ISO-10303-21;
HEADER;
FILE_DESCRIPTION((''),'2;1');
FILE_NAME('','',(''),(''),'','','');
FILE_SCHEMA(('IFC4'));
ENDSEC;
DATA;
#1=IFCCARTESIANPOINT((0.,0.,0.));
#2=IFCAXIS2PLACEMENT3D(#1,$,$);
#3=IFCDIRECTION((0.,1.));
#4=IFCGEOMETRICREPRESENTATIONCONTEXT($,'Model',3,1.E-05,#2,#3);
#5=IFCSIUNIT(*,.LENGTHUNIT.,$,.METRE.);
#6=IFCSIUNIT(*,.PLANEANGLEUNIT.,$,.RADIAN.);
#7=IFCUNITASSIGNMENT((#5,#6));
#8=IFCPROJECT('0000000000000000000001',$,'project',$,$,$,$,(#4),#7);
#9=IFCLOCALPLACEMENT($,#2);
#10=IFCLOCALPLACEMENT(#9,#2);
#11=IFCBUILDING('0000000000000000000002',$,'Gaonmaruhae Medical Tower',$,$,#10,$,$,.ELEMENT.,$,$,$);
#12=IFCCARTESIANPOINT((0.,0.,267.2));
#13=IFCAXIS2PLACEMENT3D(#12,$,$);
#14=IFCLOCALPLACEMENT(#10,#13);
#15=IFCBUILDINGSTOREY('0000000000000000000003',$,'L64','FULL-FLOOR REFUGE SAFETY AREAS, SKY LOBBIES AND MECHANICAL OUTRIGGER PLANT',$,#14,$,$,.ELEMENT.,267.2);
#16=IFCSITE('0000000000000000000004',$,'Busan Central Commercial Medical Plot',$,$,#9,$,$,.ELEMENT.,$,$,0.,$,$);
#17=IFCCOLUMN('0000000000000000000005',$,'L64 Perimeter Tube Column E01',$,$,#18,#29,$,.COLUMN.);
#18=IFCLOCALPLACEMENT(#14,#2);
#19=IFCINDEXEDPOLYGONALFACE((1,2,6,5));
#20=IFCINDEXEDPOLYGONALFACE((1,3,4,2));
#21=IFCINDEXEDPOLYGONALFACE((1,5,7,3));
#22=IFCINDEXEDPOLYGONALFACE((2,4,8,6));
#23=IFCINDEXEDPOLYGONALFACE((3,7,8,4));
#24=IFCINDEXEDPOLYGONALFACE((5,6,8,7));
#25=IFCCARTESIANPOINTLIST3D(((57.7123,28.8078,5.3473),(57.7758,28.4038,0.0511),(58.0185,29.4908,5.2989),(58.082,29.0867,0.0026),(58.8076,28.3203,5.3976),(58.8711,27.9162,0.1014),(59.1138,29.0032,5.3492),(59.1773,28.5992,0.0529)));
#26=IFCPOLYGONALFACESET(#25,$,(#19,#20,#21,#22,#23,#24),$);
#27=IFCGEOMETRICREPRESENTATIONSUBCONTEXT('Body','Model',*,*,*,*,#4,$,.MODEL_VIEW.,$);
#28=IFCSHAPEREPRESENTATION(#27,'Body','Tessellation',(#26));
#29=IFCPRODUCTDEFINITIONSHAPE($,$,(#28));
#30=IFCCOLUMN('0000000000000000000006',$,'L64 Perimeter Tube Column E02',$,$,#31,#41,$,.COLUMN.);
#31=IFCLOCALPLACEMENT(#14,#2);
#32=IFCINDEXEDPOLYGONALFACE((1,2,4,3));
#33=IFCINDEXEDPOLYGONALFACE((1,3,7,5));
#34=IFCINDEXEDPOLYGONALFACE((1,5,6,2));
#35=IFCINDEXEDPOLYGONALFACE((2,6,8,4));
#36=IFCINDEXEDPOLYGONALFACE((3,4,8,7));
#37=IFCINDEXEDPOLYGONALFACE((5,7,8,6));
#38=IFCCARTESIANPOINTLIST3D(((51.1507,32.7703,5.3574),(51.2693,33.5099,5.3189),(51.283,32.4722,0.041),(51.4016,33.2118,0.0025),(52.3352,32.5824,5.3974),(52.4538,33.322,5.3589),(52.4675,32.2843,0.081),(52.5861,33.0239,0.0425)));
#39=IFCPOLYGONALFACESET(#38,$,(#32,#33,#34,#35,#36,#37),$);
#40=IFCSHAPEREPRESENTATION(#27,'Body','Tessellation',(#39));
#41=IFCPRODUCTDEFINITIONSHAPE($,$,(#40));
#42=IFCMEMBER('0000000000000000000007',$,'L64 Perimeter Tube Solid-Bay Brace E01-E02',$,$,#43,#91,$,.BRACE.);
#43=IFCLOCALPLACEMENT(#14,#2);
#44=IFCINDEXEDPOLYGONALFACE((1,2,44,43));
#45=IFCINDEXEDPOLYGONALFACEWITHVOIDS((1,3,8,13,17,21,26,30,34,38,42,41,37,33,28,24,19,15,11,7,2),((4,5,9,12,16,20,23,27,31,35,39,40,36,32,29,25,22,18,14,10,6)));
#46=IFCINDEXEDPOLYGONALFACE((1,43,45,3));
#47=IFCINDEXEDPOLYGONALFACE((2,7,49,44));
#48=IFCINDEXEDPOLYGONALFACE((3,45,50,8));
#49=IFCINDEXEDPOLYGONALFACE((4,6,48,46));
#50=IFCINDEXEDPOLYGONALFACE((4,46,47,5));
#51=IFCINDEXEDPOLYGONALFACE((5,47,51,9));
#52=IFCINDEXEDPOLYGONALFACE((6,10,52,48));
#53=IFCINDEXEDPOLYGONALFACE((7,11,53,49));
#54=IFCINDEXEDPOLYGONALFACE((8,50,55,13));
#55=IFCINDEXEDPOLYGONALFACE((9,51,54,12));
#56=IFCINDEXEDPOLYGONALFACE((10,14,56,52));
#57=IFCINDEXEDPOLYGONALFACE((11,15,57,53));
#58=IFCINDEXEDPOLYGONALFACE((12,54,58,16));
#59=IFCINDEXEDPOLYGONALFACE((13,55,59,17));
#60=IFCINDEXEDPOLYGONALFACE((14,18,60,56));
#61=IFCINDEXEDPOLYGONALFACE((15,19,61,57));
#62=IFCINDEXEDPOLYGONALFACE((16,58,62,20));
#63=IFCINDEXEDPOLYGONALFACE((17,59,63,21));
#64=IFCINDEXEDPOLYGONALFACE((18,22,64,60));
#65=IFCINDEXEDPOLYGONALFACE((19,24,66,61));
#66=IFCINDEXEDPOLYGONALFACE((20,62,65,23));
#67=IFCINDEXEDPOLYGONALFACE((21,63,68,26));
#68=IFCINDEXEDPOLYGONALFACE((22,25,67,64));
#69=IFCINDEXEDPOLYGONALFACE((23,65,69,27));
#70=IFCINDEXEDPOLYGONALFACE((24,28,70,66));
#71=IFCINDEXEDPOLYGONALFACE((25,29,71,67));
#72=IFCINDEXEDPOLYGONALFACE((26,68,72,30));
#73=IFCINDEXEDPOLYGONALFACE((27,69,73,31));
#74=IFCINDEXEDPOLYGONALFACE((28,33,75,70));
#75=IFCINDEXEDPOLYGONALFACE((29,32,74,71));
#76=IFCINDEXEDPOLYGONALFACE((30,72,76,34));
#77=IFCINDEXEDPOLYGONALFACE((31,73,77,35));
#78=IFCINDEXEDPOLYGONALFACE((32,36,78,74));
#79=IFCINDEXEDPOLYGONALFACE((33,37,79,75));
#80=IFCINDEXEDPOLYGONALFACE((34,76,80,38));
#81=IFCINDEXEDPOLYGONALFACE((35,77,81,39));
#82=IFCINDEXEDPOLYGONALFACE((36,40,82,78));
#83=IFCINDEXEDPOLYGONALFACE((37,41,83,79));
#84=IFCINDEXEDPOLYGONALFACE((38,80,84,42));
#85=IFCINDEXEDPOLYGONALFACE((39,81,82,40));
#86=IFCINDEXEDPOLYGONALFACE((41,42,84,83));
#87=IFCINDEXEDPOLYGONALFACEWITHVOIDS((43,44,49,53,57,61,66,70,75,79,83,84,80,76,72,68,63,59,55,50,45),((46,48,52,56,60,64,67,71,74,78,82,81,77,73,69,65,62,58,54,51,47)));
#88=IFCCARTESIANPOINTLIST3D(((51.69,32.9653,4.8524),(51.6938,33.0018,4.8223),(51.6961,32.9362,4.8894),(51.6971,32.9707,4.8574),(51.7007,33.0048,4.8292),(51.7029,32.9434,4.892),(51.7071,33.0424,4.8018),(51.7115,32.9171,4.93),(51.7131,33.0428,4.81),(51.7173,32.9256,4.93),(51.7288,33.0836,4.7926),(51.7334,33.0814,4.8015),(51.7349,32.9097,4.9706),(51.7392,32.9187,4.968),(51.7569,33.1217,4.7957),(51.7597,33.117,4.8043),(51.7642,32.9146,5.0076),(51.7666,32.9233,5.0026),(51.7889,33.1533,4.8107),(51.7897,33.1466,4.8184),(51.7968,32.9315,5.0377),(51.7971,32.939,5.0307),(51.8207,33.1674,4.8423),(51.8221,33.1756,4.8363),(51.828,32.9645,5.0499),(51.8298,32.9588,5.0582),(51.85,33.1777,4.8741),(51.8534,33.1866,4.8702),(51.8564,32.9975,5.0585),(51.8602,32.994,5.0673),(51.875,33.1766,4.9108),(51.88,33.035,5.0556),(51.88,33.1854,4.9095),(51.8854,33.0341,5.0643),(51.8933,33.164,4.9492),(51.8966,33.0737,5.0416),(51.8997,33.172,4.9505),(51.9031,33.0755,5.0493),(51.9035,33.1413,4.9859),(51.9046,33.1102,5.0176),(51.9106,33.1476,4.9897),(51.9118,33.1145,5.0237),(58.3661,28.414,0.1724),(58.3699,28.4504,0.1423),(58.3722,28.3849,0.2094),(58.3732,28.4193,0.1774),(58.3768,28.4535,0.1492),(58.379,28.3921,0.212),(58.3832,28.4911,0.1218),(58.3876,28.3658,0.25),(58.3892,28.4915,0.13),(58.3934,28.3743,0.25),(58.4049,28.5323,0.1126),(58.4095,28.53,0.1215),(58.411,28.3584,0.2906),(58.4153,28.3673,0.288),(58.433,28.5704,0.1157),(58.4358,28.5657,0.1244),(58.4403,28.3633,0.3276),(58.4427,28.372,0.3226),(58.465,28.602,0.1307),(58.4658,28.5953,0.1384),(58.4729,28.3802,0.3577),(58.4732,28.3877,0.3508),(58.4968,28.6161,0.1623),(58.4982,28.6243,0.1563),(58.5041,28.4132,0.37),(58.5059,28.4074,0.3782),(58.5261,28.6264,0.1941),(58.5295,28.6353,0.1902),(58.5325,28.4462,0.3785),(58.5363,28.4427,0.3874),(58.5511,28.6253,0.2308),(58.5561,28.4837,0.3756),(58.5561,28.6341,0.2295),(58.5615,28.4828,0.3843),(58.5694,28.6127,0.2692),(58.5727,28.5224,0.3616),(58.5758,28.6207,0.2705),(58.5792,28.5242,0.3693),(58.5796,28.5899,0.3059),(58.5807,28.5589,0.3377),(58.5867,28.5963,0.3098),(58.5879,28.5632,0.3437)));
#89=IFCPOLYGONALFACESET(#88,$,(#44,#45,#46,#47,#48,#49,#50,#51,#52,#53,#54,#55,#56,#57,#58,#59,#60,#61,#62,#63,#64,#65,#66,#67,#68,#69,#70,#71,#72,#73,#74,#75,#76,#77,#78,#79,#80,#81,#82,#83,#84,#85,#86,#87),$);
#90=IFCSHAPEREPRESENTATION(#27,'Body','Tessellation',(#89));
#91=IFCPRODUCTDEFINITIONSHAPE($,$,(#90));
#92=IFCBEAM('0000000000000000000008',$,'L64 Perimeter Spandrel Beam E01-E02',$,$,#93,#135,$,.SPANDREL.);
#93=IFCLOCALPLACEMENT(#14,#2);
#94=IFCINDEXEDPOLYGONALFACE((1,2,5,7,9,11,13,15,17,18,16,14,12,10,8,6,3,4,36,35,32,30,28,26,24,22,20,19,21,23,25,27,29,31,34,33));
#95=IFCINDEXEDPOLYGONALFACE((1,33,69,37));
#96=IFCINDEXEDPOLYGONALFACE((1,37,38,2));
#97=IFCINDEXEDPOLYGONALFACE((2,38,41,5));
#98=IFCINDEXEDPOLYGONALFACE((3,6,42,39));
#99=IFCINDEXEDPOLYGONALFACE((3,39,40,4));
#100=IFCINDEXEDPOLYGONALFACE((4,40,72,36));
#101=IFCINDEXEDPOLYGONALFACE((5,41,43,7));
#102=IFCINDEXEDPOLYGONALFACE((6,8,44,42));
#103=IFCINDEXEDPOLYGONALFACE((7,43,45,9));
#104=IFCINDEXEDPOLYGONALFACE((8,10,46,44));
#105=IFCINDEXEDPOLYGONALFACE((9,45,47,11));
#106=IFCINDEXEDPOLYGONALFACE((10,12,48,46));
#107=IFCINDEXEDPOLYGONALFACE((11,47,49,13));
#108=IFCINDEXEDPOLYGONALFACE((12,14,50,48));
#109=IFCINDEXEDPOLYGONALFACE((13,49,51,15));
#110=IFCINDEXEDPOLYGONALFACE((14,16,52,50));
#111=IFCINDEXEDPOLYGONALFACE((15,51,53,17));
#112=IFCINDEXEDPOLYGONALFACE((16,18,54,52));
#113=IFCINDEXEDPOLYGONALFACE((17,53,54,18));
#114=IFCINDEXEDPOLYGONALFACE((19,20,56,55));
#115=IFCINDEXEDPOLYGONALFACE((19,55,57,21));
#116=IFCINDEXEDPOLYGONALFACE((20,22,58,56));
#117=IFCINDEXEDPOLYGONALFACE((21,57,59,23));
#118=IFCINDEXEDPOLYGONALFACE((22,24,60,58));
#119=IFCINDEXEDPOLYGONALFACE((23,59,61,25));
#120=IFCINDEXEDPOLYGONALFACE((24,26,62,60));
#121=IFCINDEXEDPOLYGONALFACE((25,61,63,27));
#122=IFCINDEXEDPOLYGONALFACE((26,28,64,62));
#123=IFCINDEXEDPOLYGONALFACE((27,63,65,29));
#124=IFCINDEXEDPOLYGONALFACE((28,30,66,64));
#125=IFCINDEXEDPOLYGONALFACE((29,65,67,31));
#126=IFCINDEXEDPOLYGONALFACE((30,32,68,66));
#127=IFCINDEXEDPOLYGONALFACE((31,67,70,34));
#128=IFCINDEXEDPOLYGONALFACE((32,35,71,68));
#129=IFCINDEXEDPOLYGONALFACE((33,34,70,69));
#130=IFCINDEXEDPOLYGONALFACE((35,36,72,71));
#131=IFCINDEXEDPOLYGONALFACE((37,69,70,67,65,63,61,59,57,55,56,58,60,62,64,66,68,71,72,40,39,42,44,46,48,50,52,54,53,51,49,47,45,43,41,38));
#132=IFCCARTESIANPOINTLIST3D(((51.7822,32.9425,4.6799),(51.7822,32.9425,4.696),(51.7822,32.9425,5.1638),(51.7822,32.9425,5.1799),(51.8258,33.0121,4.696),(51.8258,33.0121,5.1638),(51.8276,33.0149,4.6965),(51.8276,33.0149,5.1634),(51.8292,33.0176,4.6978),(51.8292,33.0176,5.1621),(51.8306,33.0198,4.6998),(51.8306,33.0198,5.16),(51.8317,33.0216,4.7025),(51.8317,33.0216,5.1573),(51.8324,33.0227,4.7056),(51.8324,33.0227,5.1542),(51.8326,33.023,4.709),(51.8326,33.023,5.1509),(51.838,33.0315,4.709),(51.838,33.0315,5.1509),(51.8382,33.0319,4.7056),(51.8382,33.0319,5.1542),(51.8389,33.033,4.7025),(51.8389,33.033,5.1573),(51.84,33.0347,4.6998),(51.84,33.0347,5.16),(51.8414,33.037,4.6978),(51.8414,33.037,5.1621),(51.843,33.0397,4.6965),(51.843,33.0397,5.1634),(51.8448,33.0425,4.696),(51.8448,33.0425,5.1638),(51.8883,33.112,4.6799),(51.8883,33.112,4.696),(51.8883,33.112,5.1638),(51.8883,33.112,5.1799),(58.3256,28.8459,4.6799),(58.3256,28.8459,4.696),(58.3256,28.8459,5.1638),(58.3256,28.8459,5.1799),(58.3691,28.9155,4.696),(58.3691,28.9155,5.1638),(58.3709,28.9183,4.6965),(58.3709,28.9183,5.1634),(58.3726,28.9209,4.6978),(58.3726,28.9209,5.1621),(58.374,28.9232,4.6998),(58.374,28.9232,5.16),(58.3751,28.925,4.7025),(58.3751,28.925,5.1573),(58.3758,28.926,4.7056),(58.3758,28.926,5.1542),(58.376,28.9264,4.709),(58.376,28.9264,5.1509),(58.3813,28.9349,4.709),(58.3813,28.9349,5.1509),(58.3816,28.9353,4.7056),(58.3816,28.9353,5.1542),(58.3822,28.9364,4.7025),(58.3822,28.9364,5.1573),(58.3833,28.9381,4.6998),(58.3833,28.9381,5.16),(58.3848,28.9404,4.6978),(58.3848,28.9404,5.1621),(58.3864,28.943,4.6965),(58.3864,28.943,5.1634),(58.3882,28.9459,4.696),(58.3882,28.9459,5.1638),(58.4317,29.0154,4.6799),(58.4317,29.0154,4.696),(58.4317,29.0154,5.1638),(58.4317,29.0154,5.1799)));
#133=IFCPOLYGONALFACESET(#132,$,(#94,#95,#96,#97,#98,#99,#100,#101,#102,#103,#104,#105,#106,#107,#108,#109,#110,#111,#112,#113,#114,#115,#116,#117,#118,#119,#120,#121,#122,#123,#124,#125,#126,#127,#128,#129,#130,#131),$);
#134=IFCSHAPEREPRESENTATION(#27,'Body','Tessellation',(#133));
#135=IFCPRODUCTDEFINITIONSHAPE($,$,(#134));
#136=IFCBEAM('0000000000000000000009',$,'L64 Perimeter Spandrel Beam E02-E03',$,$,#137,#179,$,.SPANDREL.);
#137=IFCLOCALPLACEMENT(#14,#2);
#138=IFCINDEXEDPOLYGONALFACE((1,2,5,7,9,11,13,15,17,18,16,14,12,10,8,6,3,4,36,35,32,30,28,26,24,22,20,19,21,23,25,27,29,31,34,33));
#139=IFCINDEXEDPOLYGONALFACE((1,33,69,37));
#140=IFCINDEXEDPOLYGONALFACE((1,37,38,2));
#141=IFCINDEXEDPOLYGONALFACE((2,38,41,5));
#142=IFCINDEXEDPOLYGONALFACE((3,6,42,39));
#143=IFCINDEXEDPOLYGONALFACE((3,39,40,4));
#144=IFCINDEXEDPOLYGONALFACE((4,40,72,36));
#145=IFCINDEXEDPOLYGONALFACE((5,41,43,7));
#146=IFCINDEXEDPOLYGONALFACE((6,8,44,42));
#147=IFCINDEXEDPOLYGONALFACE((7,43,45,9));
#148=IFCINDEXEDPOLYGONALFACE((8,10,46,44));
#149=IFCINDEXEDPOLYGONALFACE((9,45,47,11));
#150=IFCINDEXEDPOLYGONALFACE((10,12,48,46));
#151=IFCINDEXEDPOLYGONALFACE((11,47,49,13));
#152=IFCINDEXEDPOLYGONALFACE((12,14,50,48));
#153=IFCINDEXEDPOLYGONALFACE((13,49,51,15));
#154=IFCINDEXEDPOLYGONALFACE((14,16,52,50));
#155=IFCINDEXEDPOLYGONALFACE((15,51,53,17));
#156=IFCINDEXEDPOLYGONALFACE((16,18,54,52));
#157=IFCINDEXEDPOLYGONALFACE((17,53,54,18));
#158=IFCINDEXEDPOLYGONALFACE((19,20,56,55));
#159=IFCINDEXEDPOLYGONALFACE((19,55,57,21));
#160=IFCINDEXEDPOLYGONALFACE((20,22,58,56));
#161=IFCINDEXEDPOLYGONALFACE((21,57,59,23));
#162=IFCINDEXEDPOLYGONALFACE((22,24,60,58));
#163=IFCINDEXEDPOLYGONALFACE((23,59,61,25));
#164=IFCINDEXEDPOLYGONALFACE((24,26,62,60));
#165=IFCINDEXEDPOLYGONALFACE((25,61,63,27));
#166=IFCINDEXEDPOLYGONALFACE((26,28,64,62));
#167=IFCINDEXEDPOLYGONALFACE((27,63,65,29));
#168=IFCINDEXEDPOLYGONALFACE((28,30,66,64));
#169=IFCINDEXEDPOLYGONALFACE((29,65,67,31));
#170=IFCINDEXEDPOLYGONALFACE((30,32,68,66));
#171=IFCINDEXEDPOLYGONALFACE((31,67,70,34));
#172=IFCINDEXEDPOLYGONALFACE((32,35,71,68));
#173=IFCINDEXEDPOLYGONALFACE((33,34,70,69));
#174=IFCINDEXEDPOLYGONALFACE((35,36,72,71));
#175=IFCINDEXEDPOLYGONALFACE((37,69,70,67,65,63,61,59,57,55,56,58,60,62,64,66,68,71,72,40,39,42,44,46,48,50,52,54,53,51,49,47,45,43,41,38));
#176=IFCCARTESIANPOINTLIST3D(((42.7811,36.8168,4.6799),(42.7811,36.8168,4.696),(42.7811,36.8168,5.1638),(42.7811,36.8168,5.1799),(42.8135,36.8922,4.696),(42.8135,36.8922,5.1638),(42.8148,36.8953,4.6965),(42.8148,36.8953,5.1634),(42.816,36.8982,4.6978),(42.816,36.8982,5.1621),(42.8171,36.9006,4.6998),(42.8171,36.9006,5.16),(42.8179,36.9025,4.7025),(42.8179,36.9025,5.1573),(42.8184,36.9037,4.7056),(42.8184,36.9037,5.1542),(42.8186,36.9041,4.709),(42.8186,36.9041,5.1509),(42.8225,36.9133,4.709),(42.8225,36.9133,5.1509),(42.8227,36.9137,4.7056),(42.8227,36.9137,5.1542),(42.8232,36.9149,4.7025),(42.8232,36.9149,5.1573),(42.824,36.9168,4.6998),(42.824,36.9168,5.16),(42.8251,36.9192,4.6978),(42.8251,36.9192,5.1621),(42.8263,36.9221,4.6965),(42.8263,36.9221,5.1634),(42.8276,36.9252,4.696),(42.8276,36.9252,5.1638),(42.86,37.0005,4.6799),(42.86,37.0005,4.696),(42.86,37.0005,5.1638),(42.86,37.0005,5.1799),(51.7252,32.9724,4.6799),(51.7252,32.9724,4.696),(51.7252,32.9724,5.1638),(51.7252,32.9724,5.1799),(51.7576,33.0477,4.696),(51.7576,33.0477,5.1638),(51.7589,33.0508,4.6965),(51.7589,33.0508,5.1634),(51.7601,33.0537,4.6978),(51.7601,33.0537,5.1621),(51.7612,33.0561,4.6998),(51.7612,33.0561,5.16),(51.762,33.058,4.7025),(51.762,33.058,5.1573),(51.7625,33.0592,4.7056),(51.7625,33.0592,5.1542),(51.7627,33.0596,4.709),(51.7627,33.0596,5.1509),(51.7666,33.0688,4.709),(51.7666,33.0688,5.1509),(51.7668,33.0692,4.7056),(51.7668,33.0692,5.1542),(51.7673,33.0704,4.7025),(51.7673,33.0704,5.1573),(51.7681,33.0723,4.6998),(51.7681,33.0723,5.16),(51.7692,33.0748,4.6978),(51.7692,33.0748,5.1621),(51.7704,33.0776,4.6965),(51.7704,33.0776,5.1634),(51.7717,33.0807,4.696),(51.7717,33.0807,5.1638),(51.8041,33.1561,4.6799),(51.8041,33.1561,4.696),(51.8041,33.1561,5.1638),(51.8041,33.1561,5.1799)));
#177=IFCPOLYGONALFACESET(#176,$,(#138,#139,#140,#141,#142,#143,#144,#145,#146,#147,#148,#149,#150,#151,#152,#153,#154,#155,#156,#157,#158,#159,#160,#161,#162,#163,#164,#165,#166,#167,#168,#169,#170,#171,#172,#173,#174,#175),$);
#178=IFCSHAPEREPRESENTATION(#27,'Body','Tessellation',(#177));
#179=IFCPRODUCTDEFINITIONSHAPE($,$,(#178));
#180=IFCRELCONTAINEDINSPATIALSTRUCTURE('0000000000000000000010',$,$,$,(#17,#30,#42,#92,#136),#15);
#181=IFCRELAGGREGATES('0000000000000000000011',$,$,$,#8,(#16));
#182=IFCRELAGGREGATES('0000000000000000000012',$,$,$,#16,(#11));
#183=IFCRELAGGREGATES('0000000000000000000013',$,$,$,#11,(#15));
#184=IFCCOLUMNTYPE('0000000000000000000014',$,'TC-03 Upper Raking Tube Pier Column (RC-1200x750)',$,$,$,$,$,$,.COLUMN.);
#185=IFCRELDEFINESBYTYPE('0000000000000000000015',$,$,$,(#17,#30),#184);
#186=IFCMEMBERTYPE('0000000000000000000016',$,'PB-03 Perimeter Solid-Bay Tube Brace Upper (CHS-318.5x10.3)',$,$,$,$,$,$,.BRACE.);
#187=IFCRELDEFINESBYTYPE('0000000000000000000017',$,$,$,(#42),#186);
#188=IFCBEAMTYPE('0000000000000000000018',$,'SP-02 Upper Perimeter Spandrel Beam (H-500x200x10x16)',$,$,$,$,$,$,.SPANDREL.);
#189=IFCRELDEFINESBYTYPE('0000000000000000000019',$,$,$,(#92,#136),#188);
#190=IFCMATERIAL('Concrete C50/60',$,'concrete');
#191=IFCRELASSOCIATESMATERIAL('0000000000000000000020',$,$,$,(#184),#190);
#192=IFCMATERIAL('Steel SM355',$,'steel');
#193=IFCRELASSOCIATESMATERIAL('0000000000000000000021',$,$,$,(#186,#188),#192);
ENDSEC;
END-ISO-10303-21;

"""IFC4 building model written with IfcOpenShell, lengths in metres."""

from ifc_helpers import new_model, si_unit, direction, frame, origin, origin_2d, place, context, subcontext, project, spatial, rectangle, hollow_circle, i_section, extrude, material, material_profile, profile_set, type_object, element, save


model = new_model("IFC4")

# Units and contexts
model_context = context("Model", 3, precision=1e-05, world=origin(), true_north=direction((0.0, 1.0)))
body_context = subcontext(model_context, "Body", "Model", "MODEL_VIEW")
ifc_project = project(units=[si_unit("LENGTHUNIT", "METRE"), si_unit("PLANEANGLEUNIT", "RADIAN")], contexts=[model_context])

# Site, building, storey
site_placement = place(None, origin())
site = spatial("IfcSite", under=ifc_project, at=site_placement, Name="Busan Central Commercial Medical Plot", CompositionType="ELEMENT", RefElevation=0.0)
building_placement = place(site_placement, origin())
building = spatial("IfcBuilding", under=site, at=building_placement, Name="Gaonmaruhae Medical Tower", CompositionType="ELEMENT")
storey_placement = place(building_placement, frame((0.0, 0.0, 267.2)))
storey = spatial("IfcBuildingStorey", under=building, at=storey_placement, Name="L64", Description="FULL-FLOOR REFUGE SAFETY AREAS, SKY LOBBIES AND MECHANICAL OUTRIGGER PLANT", CompositionType="ELEMENT", Elevation=267.2)

# Columns
ifc_material_1 = material(Name="Concrete C50/60", Category="concrete")
ifc_material_profile_1 = material_profile(ifc_material_1, rectangle(XDim=1.2, YDim=0.75, at=origin_2d()), Name="RC-1200x750")
ifc_profile_set_1 = profile_set([ifc_material_profile_1], Name="Concrete C50/60")
column_type = type_object("IfcColumnType", Name="TC-03 Upper Raking Tube Pier Column (RC-1200x750)", PredefinedType="COLUMN", material=ifc_profile_set_1)
column_1_placement = place(storey_placement, frame((58.4766, 28.5015, 0.052), z_axis=(-0.01195, 0.076065, 0.997031), x_axis=(0.912784, -0.406284, 0.041936)))
element("IfcColumn", 1, at=column_1_placement, inside=storey, type_object=column_type, Name="L64 Perimeter Tube Column E01", PredefinedType="COLUMN", context=body_context, shape_type="SweptSolid", body=[
    extrude(rectangle(XDim=1.2, YDim=0.75, at=origin_2d()), origin(), (0.0, 0.0, 1.0), 5.312),
])
column_2_placement = place(storey_placement, frame((51.9346, 32.748, 0.0417), z_axis=(-0.024843, 0.055966, 0.998124), x_axis=(0.987099, -0.156597, 0.033349)))
element("IfcColumn", 2, at=column_2_placement, inside=storey, type_object=column_type, Name="L64 Perimeter Tube Column E02", PredefinedType="COLUMN", context=body_context, shape_type="SweptSolid", body=[
    extrude(rectangle(XDim=1.2, YDim=0.75, at=origin_2d()), origin(), (0.0, 0.0, 1.0), 5.3264),
])

# Member
ifc_material_2 = material(Name="Steel SM355", Category="steel")
ifc_material_profile_2 = material_profile(ifc_material_2, hollow_circle(Radius=0.1592, WallThickness=0.0103, at=origin_2d()), Name="CHS-318.5x10.3")
ifc_profile_set_2 = profile_set([ifc_material_profile_2], Name="Steel SM355")
member_type_1 = type_object("IfcMemberType", Name="PB-03 Perimeter Solid-Bay Tube Brace Upper (CHS-318.5x10.3)", PredefinedType="BRACE", material=ifc_profile_set_2)
member_1_placement = place(storey_placement, frame((58.4773, 28.4973, 0.25), z_axis=(-0.714985, 0.487429, 0.501208), x_axis=(-0.563289, -0.82626, 0.0)))
element("IfcMember", 3, at=member_1_placement, inside=storey, type_object=member_type_1, Name="L64 Perimeter Tube Solid-Bay Brace E01-E02", PredefinedType="BRACE", context=body_context, shape_type="SweptSolid", body=[
    extrude(hollow_circle(Radius=0.1592, WallThickness=0.0103, at=origin_2d()), origin(), (0.0, 0.0, 1.0), 9.3374),
])

# Beams
ifc_material_profile_3 = material_profile(ifc_material_2, i_section(OverallWidth=0.2, OverallDepth=0.5, WebThickness=0.01, FlangeThickness=0.0161, FilletRadius=0.0129, at=origin_2d()), Name="H-500x200x10x16")
ifc_profile_set_3 = profile_set([ifc_material_profile_3], Name="Steel SM355")
beam_type = type_object("IfcBeamType", Name="SP-02 Upper Perimeter Spandrel Beam (H-500x200x10x16)", PredefinedType="SPANDREL", material=ifc_profile_set_3)
beam_1_placement = place(storey_placement, frame((58.3787, 28.9307, 4.9299), z_axis=(-0.847589, 0.530653, 0.0), x_axis=(-0.530653, -0.847589, 0.0)))
element("IfcBeam", 4, at=beam_1_placement, inside=storey, type_object=beam_type, Name="L64 Perimeter Spandrel Beam E01-E02", PredefinedType="SPANDREL", context=body_context, shape_type="SweptSolid", body=[
    extrude(i_section(OverallWidth=0.2, OverallDepth=0.5, WebThickness=0.01, FlangeThickness=0.0161, FilletRadius=0.0129, at=origin_2d()), origin(), (0.0, 0.0, 1.0), 7.72),
])
beam_2_placement = place(storey_placement, frame((51.7646, 33.0642, 4.9299), z_axis=(-0.918724, 0.3949, 0.0), x_axis=(-0.3949, -0.918724, 0.0)))
element("IfcBeam", 5, at=beam_2_placement, inside=storey, type_object=beam_type, Name="L64 Perimeter Spandrel Beam E02-E03", PredefinedType="SPANDREL", context=body_context, shape_type="SweptSolid", body=[
    extrude(i_section(OverallWidth=0.2, OverallDepth=0.5, WebThickness=0.01, FlangeThickness=0.0161, FilletRadius=0.0129, at=origin_2d()), origin(), (0.0, 0.0, 1.0), 9.7354),
])

save(model, "model.ifc")
